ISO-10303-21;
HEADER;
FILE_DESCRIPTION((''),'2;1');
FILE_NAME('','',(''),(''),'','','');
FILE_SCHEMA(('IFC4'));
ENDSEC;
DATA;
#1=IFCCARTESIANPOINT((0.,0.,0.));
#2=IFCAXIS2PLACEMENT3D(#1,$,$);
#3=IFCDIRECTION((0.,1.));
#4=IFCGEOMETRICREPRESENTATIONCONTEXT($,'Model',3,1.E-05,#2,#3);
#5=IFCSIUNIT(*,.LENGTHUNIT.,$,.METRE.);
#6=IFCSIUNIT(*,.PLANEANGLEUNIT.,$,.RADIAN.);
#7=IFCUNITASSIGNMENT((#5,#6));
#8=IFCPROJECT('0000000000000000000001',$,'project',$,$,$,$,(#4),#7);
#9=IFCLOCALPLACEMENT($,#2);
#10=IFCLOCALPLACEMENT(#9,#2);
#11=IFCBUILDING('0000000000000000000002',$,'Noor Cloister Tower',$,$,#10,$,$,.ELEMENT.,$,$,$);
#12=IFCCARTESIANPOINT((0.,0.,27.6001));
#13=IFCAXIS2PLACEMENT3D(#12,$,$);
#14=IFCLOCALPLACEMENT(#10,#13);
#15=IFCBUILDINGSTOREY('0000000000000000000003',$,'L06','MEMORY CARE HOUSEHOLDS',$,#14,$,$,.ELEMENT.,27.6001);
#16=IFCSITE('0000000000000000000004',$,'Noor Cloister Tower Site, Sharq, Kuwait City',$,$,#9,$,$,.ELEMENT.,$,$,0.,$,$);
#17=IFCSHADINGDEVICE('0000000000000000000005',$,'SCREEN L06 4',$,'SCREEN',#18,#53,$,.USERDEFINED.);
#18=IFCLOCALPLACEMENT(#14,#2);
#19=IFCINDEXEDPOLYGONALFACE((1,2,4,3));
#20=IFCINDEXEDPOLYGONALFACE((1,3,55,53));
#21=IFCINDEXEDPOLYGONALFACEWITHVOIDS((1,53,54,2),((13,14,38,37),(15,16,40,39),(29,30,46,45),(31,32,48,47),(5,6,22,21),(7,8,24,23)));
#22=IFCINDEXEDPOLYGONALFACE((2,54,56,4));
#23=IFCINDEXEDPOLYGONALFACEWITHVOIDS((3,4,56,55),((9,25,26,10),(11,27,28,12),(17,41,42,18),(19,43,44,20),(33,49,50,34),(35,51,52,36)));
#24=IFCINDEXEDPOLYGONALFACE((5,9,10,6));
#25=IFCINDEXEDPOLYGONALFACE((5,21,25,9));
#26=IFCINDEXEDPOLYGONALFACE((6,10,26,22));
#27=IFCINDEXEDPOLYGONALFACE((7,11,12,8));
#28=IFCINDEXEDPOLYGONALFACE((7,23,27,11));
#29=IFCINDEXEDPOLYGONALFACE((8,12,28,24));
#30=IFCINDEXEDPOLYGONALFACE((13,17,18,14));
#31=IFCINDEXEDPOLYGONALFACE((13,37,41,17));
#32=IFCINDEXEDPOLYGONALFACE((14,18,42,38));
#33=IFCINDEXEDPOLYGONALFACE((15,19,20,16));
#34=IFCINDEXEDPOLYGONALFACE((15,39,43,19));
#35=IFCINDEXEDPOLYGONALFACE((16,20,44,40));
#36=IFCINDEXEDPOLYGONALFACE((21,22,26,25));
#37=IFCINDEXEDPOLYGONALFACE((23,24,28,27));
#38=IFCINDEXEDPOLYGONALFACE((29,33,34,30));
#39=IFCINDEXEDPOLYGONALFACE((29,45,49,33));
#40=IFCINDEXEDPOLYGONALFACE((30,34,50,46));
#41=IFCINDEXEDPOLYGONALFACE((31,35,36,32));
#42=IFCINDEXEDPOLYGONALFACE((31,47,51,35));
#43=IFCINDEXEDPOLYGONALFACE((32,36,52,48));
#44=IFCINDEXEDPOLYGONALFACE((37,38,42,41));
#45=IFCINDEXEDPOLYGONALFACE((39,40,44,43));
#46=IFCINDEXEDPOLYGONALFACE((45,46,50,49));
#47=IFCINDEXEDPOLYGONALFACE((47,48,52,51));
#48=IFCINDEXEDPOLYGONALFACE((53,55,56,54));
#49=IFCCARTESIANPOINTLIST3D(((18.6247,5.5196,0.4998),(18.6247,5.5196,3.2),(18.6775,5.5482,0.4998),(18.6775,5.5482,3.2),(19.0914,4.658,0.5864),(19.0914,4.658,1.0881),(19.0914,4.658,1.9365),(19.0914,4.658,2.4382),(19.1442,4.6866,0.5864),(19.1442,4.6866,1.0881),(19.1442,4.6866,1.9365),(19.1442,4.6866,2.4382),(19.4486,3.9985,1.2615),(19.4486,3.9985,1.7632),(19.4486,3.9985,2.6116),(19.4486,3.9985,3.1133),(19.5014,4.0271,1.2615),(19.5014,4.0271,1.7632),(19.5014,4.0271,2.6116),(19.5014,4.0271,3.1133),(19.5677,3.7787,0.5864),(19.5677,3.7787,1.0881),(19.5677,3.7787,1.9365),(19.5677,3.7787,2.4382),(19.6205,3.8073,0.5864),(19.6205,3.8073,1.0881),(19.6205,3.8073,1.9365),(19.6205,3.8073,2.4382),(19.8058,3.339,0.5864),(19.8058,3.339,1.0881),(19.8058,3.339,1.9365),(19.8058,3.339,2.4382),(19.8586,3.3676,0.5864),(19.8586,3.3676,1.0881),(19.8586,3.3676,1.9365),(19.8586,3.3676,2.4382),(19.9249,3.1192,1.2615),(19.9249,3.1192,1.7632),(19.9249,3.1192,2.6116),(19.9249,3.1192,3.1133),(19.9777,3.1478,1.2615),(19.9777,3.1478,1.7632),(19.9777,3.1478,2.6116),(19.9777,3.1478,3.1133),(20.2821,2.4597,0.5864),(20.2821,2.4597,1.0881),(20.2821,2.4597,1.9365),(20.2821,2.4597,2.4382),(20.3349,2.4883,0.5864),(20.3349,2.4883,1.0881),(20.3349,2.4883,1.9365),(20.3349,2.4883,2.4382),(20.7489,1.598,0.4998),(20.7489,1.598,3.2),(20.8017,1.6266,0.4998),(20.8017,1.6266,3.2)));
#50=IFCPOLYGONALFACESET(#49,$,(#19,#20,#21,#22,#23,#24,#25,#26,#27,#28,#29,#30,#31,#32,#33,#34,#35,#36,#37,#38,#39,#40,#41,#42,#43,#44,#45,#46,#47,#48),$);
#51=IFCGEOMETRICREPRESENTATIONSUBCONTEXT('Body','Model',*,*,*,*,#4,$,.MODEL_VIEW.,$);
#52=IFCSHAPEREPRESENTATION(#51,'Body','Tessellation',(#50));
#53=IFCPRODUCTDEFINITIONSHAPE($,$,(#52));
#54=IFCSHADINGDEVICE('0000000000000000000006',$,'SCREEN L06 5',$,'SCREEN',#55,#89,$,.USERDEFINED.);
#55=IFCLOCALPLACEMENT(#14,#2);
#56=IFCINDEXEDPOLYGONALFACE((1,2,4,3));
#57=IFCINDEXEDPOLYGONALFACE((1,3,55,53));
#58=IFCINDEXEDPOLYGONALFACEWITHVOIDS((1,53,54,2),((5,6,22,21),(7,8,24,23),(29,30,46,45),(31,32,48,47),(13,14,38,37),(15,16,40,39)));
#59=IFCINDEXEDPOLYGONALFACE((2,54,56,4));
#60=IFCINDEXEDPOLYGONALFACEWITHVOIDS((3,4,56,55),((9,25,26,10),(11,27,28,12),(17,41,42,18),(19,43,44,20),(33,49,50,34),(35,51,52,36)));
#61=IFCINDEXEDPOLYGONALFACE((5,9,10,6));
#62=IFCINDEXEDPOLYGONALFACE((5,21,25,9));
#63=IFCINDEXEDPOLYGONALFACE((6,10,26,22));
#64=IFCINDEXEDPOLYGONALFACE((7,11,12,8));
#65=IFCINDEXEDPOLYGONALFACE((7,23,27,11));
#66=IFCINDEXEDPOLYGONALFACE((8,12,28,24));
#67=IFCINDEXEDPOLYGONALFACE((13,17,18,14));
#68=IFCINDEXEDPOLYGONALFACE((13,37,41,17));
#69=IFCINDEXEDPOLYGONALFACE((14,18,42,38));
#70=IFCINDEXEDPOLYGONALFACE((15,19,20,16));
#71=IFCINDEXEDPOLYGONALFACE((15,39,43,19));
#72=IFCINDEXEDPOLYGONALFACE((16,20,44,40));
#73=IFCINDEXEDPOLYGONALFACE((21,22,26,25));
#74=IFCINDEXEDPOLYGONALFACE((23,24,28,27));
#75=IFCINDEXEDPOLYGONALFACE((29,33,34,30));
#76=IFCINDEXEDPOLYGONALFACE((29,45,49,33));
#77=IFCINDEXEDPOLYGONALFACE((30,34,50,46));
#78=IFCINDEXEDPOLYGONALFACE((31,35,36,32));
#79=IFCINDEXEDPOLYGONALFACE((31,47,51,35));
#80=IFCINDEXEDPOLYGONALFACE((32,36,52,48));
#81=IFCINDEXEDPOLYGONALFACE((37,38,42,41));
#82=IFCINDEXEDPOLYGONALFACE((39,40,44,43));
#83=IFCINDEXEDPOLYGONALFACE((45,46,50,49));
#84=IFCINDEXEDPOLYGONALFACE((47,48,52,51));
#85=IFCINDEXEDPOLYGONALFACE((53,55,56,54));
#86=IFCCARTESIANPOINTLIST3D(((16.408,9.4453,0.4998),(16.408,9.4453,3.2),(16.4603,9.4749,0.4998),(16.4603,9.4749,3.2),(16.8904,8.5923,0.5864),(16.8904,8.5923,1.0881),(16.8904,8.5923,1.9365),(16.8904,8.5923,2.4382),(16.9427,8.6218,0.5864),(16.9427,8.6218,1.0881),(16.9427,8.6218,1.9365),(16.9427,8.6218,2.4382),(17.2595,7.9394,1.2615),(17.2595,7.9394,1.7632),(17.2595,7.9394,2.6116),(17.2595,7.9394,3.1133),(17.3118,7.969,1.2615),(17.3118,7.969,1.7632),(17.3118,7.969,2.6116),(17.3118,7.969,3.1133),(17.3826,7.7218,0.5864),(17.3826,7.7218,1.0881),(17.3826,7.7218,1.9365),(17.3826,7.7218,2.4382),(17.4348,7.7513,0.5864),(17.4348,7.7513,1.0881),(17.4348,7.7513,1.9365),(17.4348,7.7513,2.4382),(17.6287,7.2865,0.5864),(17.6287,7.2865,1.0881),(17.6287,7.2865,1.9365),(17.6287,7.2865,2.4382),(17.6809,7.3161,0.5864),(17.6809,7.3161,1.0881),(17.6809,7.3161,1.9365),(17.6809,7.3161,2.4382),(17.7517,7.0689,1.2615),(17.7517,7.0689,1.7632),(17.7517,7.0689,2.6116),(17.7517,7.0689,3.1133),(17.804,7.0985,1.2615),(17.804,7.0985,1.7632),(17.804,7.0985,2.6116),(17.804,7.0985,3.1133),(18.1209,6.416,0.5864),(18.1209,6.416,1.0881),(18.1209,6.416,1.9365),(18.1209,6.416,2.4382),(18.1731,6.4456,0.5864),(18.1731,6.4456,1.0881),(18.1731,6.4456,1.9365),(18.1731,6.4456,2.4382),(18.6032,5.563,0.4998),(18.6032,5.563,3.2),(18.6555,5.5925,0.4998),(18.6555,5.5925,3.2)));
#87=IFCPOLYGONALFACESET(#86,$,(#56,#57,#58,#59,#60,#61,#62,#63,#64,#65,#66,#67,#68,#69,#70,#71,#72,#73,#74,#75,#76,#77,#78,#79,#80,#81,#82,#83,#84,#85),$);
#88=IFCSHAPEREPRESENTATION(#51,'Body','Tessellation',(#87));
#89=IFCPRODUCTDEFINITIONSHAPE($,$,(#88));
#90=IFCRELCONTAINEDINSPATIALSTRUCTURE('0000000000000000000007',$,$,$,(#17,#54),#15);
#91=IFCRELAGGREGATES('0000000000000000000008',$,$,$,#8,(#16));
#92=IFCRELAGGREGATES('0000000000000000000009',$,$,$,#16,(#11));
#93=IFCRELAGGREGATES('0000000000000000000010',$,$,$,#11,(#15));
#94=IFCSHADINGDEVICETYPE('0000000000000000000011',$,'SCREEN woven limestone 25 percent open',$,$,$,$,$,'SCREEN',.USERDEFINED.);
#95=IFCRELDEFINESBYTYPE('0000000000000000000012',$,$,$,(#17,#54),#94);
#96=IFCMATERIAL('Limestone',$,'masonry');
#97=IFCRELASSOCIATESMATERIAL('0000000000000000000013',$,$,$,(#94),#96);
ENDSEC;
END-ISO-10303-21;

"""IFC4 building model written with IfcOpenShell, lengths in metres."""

from ifc_helpers import new_model, si_unit, direction, frame, origin, place, context, subcontext, project, spatial, polyline, outline, extrude, material, material_profile, profile_set, type_object, element, save


model = new_model("IFC4")

# Units and contexts
model_context = context("Model", 3, precision=1e-05, world=origin(), true_north=direction((0.0, 1.0)))
body_context = subcontext(model_context, "Body", "Model", "MODEL_VIEW")
ifc_project = project(units=[si_unit("LENGTHUNIT", "METRE"), si_unit("PLANEANGLEUNIT", "RADIAN")], contexts=[model_context])

# Site, building, storey
site_placement = place(None, origin())
site = spatial("IfcSite", under=ifc_project, at=site_placement, Name="Noor Cloister Tower Site, Sharq, Kuwait City", CompositionType="ELEMENT", RefElevation=0.0)
building_placement = place(site_placement, origin())
building = spatial("IfcBuilding", under=site, at=building_placement, Name="Noor Cloister Tower", CompositionType="ELEMENT")
storey_placement = place(building_placement, frame((0.0, 0.0, 27.6001)))
storey = spatial("IfcBuildingStorey", under=building, at=storey_placement, Name="L06", Description="MEMORY CARE HOUSEHOLDS", CompositionType="ELEMENT", Elevation=27.6001)

# Shading devices
ifc_material_1 = material(Name="Limestone", Category="masonry")
ifc_material_profile_1 = material_profile(ifc_material_1, outline(polyline([(-2.23, -1.3501), (2.23, -1.3501), (2.23, 1.3501), (-2.23, 1.3501), (-2.23, -1.3501)]), holes=[polyline([(-1.25, -1.2634), (-0.25, -1.2634), (-0.25, -0.7617), (-1.25, -0.7617), (-1.25, -1.2634)]), polyline([(0.25, -1.2634), (1.25, -1.2634), (1.25, -0.7617), (0.25, -0.7617), (0.25, -1.2634)]), polyline([(-0.5, -0.5884), (0.5, -0.5884), (0.5, -0.0867), (-0.5, -0.0867), (-0.5, -0.5884)]), polyline([(-1.25, 0.0867), (-0.25, 0.0867), (-0.25, 0.5884), (-1.25, 0.5884), (-1.25, 0.0867)]), polyline([(0.25, 0.0867), (1.25, 0.0867), (1.25, 0.5884), (0.25, 0.5884), (0.25, 0.0867)]), polyline([(-0.5, 0.7617), (0.5, 0.7617), (0.5, 1.2634), (-0.5, 1.2634), (-0.5, 0.7617)])]), Name="Woven screen 25 percent open")
ifc_profile_set_1 = profile_set([ifc_material_profile_1], Name="Limestone")
shading_device_type = type_object("IfcShadingDeviceType", Name="SCREEN woven limestone 25 percent open", ElementType="SCREEN", PredefinedType="USERDEFINED", material=ifc_profile_set_1)
for number, where, z_axis, x_axis, name in (
    (1, (19.6868, 3.5588, 1.8499), (0.879292, 0.476283, 0.0), (-0.476283, 0.879292, 0.0), "SCREEN L06 4"),
    (2, (17.5056, 7.5042, 1.8499), (0.870487, 0.492191, 0.0), (-0.492191, 0.870487, 0.0), "SCREEN L06 5"),
):
    element("IfcShadingDevice", number, at=place(storey_placement, frame(where, z_axis=z_axis, x_axis=x_axis)), inside=storey, type_object=shading_device_type, Name=name, ObjectType="SCREEN", PredefinedType="USERDEFINED", context=body_context, shape_type="SweptSolid", body=[
        extrude(outline(polyline([(-2.23, -1.3501), (2.23, -1.3501), (2.23, 1.3501), (-2.23, 1.3501), (-2.23, -1.3501)]), holes=[polyline([(-1.25, -1.2634), (-0.25, -1.2634), (-0.25, -0.7617), (-1.25, -0.7617), (-1.25, -1.2634)]), polyline([(0.25, -1.2634), (1.25, -1.2634), (1.25, -0.7617), (0.25, -0.7617), (0.25, -1.2634)]), polyline([(-0.5, -0.5884), (0.5, -0.5884), (0.5, -0.0867), (-0.5, -0.0867), (-0.5, -0.5884)]), polyline([(-1.25, 0.0867), (-0.25, 0.0867), (-0.25, 0.5884), (-1.25, 0.5884), (-1.25, 0.0867)]), polyline([(0.25, 0.0867), (1.25, 0.0867), (1.25, 0.5884), (0.25, 0.5884), (0.25, 0.0867)]), polyline([(-0.5, 0.7617), (0.5, 0.7617), (0.5, 1.2634), (-0.5, 1.2634), (-0.5, 0.7617)])]), origin(), (0.0, 0.0, 1.0), 0.0601),
    ])

save(model, "model.ifc")
